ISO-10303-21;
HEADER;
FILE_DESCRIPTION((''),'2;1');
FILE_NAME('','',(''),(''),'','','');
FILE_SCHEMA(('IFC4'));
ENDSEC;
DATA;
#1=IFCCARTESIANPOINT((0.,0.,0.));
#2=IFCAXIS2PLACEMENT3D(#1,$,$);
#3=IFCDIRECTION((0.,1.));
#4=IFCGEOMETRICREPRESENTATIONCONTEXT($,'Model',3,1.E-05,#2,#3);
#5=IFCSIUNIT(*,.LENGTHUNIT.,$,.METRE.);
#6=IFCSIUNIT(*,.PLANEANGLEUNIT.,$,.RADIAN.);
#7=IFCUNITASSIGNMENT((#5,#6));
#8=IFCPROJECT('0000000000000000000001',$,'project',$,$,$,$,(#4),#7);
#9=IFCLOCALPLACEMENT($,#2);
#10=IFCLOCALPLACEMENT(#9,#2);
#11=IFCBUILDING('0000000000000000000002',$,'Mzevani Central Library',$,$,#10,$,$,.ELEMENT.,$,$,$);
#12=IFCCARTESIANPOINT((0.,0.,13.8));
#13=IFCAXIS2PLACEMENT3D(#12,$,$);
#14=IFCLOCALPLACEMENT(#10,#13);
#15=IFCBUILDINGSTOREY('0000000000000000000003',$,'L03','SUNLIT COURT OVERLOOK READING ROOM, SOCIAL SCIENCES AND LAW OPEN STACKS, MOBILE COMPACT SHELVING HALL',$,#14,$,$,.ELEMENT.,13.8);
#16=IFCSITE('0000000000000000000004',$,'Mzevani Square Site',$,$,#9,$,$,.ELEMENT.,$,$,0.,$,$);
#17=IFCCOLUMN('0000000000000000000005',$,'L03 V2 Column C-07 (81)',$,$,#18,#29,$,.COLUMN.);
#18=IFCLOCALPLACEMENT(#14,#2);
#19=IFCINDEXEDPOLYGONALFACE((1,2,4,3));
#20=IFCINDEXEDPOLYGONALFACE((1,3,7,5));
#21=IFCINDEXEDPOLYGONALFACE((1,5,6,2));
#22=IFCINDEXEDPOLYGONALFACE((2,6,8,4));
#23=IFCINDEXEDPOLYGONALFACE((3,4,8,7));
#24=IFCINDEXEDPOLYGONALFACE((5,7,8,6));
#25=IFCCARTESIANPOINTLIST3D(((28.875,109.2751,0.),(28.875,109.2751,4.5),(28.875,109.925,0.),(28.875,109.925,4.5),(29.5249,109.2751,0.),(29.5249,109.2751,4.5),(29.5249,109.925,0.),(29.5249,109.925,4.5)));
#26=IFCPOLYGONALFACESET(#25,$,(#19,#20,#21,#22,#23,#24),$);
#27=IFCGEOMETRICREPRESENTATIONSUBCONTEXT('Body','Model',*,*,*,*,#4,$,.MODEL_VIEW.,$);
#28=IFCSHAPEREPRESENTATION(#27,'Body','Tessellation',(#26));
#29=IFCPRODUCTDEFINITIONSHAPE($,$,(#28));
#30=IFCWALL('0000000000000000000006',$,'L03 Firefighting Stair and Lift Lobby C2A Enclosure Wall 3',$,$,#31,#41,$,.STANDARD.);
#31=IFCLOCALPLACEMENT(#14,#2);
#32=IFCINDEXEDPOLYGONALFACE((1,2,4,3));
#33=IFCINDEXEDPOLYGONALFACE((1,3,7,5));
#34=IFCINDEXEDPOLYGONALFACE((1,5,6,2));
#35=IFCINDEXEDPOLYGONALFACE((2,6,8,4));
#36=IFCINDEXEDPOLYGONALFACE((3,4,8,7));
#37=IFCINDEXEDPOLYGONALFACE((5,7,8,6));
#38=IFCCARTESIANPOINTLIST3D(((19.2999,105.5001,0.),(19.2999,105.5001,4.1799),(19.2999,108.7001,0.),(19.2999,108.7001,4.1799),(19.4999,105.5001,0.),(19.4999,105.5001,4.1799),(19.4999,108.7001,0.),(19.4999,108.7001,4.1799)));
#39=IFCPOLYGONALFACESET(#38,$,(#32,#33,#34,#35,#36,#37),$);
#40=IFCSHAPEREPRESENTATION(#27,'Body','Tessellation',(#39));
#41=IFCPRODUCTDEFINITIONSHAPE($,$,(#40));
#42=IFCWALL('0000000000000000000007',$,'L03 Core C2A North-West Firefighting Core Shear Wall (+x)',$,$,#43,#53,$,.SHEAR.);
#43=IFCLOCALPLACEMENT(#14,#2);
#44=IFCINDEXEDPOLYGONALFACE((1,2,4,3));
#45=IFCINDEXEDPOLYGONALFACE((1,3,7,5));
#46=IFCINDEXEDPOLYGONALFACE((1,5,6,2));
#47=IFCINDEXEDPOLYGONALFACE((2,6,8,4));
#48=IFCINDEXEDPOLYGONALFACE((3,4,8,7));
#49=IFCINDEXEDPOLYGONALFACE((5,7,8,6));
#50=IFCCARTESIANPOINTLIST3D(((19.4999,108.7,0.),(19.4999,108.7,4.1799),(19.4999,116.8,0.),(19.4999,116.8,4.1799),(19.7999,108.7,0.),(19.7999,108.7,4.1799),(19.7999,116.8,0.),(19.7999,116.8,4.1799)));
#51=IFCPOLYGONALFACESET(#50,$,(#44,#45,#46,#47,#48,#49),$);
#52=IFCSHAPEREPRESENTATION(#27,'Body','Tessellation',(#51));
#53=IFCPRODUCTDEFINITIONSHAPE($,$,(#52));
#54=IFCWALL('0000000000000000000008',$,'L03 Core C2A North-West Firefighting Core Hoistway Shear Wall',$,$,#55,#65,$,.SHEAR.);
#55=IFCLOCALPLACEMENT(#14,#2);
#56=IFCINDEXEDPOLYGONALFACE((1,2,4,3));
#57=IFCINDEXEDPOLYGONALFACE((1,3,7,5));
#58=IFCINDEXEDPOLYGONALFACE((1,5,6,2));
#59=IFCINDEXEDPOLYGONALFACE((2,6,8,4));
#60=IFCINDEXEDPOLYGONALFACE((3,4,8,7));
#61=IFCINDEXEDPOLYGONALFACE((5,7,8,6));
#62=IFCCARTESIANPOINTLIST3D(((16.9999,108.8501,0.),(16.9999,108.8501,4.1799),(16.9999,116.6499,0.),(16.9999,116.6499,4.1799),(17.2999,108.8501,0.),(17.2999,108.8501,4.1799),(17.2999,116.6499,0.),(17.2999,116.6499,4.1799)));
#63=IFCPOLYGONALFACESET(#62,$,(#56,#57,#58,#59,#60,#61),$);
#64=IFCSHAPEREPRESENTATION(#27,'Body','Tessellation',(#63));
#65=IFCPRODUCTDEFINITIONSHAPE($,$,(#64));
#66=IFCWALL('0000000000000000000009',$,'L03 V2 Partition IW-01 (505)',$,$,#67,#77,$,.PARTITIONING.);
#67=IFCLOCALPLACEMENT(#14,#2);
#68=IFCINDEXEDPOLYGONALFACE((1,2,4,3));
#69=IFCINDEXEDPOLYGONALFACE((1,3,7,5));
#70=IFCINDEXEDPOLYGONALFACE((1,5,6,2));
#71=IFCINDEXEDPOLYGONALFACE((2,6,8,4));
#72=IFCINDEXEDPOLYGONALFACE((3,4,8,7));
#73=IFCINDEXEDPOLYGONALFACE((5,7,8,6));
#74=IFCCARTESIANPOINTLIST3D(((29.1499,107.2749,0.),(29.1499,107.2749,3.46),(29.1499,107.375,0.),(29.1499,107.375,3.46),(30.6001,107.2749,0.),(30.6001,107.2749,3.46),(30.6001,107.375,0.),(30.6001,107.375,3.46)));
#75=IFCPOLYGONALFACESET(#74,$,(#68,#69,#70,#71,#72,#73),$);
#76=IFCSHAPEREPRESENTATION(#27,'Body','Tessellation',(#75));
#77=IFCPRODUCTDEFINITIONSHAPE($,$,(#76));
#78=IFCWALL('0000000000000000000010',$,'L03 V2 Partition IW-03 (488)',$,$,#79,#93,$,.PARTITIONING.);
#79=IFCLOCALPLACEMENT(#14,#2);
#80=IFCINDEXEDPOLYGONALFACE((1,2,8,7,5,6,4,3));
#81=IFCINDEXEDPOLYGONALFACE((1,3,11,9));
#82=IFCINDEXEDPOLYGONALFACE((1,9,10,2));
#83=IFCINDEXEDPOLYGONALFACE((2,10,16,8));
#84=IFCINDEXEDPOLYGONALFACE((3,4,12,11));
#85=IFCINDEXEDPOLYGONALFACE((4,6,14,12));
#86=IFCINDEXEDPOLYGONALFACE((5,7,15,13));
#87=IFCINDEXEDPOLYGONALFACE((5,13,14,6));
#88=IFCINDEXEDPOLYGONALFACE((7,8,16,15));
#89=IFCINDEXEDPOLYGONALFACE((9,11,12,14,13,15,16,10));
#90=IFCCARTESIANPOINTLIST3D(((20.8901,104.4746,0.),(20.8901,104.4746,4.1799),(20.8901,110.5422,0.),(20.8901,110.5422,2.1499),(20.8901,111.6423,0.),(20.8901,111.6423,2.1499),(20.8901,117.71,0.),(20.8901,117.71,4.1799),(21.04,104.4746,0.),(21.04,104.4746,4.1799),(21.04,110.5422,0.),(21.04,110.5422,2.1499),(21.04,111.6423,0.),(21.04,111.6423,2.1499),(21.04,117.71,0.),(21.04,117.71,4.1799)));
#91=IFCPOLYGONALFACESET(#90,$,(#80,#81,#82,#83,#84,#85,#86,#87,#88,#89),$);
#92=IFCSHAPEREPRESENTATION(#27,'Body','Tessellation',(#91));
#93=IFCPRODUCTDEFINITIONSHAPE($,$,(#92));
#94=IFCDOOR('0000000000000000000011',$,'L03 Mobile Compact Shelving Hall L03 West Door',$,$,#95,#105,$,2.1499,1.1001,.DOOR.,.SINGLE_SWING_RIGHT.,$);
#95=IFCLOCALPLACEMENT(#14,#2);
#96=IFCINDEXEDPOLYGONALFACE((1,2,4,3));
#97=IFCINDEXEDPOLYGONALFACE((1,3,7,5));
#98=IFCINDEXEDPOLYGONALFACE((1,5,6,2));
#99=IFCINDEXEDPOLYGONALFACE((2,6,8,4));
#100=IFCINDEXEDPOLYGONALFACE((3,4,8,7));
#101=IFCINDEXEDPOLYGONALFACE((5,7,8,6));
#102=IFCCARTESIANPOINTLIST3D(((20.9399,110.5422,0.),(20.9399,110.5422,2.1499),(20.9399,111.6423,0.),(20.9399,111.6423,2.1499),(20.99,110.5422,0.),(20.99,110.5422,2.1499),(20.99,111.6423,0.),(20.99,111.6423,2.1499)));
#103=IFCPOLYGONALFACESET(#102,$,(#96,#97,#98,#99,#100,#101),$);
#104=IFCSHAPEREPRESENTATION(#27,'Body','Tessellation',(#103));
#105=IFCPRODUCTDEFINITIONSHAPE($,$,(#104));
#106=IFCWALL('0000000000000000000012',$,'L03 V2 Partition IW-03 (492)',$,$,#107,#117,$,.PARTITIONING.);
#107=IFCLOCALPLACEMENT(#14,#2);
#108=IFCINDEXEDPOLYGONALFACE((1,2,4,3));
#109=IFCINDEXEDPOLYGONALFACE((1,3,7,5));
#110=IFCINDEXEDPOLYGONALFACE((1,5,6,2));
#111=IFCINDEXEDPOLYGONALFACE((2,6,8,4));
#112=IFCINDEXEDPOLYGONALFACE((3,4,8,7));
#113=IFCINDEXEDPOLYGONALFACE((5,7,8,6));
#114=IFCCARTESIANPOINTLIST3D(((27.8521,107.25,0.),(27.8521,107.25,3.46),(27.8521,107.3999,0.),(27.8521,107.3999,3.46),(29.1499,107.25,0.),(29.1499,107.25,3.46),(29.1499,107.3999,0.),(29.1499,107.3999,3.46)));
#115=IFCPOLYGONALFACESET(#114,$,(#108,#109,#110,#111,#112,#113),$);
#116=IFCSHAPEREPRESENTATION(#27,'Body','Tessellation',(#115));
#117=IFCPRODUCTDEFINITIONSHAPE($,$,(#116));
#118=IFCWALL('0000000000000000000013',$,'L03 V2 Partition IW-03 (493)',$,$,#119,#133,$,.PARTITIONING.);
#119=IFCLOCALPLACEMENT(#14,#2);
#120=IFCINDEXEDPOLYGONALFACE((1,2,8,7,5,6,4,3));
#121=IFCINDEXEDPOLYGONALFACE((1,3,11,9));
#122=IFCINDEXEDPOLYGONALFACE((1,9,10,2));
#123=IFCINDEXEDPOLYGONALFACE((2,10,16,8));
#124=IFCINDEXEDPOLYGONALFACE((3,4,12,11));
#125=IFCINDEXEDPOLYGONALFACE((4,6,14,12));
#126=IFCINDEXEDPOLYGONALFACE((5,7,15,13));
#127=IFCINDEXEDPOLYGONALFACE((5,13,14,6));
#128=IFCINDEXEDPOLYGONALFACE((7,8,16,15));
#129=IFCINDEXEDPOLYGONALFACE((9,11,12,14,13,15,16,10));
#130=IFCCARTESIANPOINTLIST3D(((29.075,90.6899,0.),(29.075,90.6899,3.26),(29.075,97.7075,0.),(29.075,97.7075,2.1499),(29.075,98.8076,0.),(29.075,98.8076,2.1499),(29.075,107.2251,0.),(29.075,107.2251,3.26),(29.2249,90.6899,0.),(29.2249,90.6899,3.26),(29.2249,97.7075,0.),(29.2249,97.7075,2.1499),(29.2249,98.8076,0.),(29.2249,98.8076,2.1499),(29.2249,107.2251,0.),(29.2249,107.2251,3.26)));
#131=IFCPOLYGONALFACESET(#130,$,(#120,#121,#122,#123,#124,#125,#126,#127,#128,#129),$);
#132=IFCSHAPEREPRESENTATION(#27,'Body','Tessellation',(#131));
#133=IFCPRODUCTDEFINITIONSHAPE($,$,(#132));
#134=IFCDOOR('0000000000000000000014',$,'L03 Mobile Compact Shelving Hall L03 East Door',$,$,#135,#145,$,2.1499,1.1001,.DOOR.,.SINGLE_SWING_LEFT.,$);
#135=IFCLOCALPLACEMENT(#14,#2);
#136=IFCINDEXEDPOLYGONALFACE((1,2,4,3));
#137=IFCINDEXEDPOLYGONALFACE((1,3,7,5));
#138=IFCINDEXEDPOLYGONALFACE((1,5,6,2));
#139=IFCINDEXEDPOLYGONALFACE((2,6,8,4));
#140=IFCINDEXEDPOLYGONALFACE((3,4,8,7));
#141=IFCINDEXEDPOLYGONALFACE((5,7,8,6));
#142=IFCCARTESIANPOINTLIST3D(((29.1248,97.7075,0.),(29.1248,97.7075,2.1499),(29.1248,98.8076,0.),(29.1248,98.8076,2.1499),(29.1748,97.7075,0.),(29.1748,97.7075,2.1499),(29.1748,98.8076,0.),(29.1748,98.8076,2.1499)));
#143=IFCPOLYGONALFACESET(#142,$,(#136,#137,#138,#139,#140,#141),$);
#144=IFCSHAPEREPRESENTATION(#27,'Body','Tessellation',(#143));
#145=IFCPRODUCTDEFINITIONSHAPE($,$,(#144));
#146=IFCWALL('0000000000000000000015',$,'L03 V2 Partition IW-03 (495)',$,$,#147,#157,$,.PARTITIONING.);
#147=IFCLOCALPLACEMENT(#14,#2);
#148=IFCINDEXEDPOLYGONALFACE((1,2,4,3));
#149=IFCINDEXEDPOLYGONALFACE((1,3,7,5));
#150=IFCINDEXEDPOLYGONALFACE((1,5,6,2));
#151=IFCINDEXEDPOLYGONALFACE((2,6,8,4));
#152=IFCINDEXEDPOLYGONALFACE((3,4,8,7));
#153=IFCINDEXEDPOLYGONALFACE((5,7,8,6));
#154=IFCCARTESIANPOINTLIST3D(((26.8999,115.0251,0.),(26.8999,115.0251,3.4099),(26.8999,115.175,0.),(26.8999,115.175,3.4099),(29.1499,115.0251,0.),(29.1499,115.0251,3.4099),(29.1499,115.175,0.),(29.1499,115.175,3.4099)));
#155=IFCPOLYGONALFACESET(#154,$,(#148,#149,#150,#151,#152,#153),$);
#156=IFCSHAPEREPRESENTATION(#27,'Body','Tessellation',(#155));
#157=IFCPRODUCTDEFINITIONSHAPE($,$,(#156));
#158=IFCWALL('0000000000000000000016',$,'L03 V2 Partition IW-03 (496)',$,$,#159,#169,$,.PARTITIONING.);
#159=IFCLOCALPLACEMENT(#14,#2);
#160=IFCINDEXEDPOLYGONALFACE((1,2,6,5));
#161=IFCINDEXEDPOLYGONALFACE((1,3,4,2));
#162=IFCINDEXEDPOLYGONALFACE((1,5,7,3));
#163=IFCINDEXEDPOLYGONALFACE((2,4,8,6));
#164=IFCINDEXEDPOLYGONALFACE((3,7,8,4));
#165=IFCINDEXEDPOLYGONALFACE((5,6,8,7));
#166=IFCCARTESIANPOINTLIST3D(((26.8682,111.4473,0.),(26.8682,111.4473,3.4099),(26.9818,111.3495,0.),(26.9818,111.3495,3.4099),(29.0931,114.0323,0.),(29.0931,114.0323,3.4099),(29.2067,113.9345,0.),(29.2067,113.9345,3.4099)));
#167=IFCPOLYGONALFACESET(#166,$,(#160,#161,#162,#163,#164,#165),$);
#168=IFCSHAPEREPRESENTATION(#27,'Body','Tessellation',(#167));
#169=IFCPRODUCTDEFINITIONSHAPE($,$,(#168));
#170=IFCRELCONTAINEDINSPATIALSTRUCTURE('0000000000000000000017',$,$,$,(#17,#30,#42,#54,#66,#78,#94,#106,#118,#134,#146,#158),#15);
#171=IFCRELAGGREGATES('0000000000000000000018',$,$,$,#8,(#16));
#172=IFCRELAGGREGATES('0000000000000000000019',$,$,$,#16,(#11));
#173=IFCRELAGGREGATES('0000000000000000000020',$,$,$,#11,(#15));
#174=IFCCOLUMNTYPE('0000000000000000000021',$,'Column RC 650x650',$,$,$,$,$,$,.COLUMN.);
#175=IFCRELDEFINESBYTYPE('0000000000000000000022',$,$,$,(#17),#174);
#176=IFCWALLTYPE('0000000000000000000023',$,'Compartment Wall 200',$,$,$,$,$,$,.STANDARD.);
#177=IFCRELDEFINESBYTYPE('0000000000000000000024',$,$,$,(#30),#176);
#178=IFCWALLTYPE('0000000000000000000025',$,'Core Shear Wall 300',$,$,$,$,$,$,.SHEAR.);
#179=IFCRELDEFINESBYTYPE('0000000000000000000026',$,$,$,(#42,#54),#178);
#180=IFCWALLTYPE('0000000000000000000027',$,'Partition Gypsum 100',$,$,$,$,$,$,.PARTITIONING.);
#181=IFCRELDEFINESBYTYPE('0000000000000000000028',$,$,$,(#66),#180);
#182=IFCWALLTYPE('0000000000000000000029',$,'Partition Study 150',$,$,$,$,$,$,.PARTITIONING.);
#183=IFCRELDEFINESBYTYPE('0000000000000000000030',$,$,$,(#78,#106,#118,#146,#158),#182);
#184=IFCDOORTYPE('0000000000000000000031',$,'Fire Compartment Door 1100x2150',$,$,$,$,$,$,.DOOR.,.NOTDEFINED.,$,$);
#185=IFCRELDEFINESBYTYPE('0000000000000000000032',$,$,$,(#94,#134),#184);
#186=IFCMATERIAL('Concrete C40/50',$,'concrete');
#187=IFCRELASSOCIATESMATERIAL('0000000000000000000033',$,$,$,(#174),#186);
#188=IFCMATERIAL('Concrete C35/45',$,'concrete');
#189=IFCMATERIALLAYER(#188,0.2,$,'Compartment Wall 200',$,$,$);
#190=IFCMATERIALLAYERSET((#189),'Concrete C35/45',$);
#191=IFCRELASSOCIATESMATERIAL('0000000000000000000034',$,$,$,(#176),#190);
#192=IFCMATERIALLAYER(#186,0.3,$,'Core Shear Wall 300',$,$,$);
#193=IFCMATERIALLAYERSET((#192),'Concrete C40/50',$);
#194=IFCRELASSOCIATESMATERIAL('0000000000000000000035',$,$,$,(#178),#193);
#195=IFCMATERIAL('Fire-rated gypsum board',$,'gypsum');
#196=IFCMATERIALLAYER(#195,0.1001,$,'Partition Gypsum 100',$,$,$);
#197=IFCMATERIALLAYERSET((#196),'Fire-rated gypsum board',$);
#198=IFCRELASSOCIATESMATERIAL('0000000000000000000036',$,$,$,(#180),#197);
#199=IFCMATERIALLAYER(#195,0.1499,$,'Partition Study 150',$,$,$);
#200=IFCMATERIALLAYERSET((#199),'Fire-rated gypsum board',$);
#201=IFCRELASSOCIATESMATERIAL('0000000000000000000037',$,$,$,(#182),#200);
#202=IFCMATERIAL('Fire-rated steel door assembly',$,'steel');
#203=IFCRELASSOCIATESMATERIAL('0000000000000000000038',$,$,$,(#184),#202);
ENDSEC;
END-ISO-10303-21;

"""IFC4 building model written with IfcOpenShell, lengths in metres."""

from ifc_helpers import new_model, si_unit, direction, frame, frame_2d, origin, origin_2d, place, context, subcontext, project, spatial, rectangle, extrude, material, layer, layer_set, material_profile, profile_set, type_object, element, fill, save


model = new_model("IFC4")

# Units and contexts
model_context = context("Model", 3, precision=1e-05, world=origin(), true_north=direction((0.0, 1.0)))
body_context = subcontext(model_context, "Body", "Model", "MODEL_VIEW")
ifc_project = project(units=[si_unit("LENGTHUNIT", "METRE"), si_unit("PLANEANGLEUNIT", "RADIAN")], contexts=[model_context])

# Site, building, storey
site_placement = place(None, origin())
site = spatial("IfcSite", under=ifc_project, at=site_placement, Name="Mzevani Square Site", CompositionType="ELEMENT", RefElevation=0.0)
building_placement = place(site_placement, origin())
building = spatial("IfcBuilding", under=site, at=building_placement, Name="Mzevani Central Library", CompositionType="ELEMENT")
storey_placement = place(building_placement, frame((0.0, 0.0, 13.8)))
storey = spatial("IfcBuildingStorey", under=building, at=storey_placement, Name="L03", Description="SUNLIT COURT OVERLOOK READING ROOM, SOCIAL SCIENCES AND LAW OPEN STACKS, MOBILE COMPACT SHELVING HALL", CompositionType="ELEMENT", Elevation=13.8)

# Column
ifc_material_1 = material(Name="Concrete C40/50", Category="concrete")
ifc_material_profile = material_profile(ifc_material_1, rectangle(XDim=0.6499, YDim=0.6499, at=origin_2d()), Name="RC 650x650")
ifc_profile_set = profile_set([ifc_material_profile], Name="Concrete C40/50")
column_type = type_object("IfcColumnType", Name="Column RC 650x650", PredefinedType="COLUMN", material=ifc_profile_set)
column_placement = place(storey_placement, frame((29.2, 109.6001, 0.0), z_axis=(0.0, 0.0, 1.0), x_axis=(1.0, 0.0, 0.0)))
element("IfcColumn", 1, at=column_placement, inside=storey, type_object=column_type, Name="L03 V2 Column C-07 (81)", PredefinedType="COLUMN", context=body_context, shape_type="SweptSolid", body=[
    extrude(rectangle(XDim=0.6499, YDim=0.6499, at=origin_2d()), origin(), (0.0, 0.0, 1.0), 4.5),
])

# Wall
ifc_material_2 = material(Name="Concrete C35/45", Category="concrete")
ifc_layer_1 = layer(ifc_material_2, 0.2, Name="Compartment Wall 200")
ifc_layer_set_1 = layer_set([ifc_layer_1], Name="Concrete C35/45")
wall_type_1 = type_object("IfcWallType", Name="Compartment Wall 200", PredefinedType="STANDARD", material=ifc_layer_set_1)
wall_1_placement = place(storey_placement, frame((19.3999, 105.5, 0.0), z_axis=(0.0, 0.0, 1.0), x_axis=(0.0, 1.0, 0.0)))
element("IfcWall", 2, at=wall_1_placement, inside=storey, type_object=wall_type_1, Name="L03 Firefighting Stair and Lift Lobby C2A Enclosure Wall 3", PredefinedType="STANDARD", context=body_context, shape_type="SweptSolid", body=[
    extrude(rectangle(XDim=3.2, YDim=0.2, at=frame_2d((1.6001, 0.0))), origin(), (0.0, 0.0, 1.0), 4.1799),
])

# Shared definitions
ifc_layer_2 = layer(ifc_material_1, 0.3, Name="Core Shear Wall 300")
ifc_layer_set_2 = layer_set([ifc_layer_2], Name="Concrete C40/50")
wall_type_2 = type_object("IfcWallType", Name="Core Shear Wall 300", PredefinedType="SHEAR", material=ifc_layer_set_2)
ifc_material_3 = material(Name="Fire-rated steel door assembly", Category="steel")

# Walls
wall_2_placement = place(storey_placement, frame((19.6499, 116.8, 0.0), z_axis=(0.0, 0.0, 1.0), x_axis=(0.0, -1.0, 0.0)))
element("IfcWall", 3, at=wall_2_placement, inside=storey, type_object=wall_type_2, Name="L03 Core C2A North-West Firefighting Core Shear Wall (+x)", PredefinedType="SHEAR", context=body_context, shape_type="SweptSolid", body=[
    extrude(rectangle(XDim=8.1001, YDim=0.3, at=frame_2d((4.05, 0.0))), origin(), (0.0, 0.0, 1.0), 4.1799),
])
wall_3_placement = place(storey_placement, frame((17.1499, 108.8501, 0.0), z_axis=(0.0, 0.0, 1.0), x_axis=(0.0, 1.0, 0.0)))
element("IfcWall", 4, at=wall_3_placement, inside=storey, type_object=wall_type_2, Name="L03 Core C2A North-West Firefighting Core Hoistway Shear Wall", PredefinedType="SHEAR", context=body_context, shape_type="SweptSolid", body=[
    extrude(rectangle(XDim=7.7998, YDim=0.3, at=frame_2d((3.8999, 0.0))), origin(), (0.0, 0.0, 1.0), 4.1799),
])
ifc_material_4 = material(Name="Fire-rated gypsum board", Category="gypsum")
ifc_layer_3 = layer(ifc_material_4, 0.1001, Name="Partition Gypsum 100")
ifc_layer_set_3 = layer_set([ifc_layer_3], Name="Fire-rated gypsum board")
wall_type_3 = type_object("IfcWallType", Name="Partition Gypsum 100", PredefinedType="PARTITIONING", material=ifc_layer_set_3)
wall_4_placement = place(storey_placement, frame((29.1499, 107.325, 0.0), z_axis=(0.0, 0.0, 1.0), x_axis=(1.0, 0.0, 0.0)))
element("IfcWall", 5, at=wall_4_placement, inside=storey, type_object=wall_type_3, Name="L03 V2 Partition IW-01 (505)", PredefinedType="PARTITIONING", context=body_context, shape_type="SweptSolid", body=[
    extrude(rectangle(XDim=1.4502, YDim=0.1001, at=frame_2d((0.7251, 0.0))), origin(), (0.0, 0.0, 1.0), 3.46),
])

# Wall, opening, door
ifc_layer_4 = layer(ifc_material_4, 0.1499, Name="Partition Study 150")
ifc_layer_set_4 = layer_set([ifc_layer_4], Name="Fire-rated gypsum board")
wall_type_4 = type_object("IfcWallType", Name="Partition Study 150", PredefinedType="PARTITIONING", material=ifc_layer_set_4)
wall_5_placement = place(storey_placement, frame((20.9651, 117.71, 0.0), z_axis=(0.0, 0.0, 1.0), x_axis=(0.0, -1.0, 0.0)))
wall_5 = element("IfcWall", 6, at=wall_5_placement, inside=storey, type_object=wall_type_4, Name="L03 V2 Partition IW-03 (488)", PredefinedType="PARTITIONING", context=body_context, shape_type="SweptSolid", body=[
    extrude(rectangle(XDim=13.2354, YDim=0.1499, at=frame_2d((6.6177, 0.0))), origin(), (0.0, 0.0, 1.0), 4.1799),
])
opening_1_placement = place(wall_5_placement, frame((6.0676, 0.0, 0.0)))
opening_1 = element("IfcOpeningElement", 7, at=opening_1_placement, cuts=wall_5, PredefinedType="OPENING", context=body_context, shape_type="SweptSolid", body=[
    extrude(rectangle(XDim=1.1001, YDim=2.1499, at=frame_2d((0.55, 1.075))), frame((0.0, 0.085, 0.0), z_axis=(0.0, -1.0, 0.0), x_axis=(1.0, 0.0, 0.0)), (0.0, 0.0, 1.0), 0.1699),
])
door_type_1 = type_object("IfcDoorType", Name="Fire Compartment Door 1100x2150", OperationType="NOTDEFINED", PredefinedType="DOOR", material=ifc_material_3)
door_1_placement = place(opening_1_placement, origin())
door_1 = element("IfcDoor", 8, at=door_1_placement, inside=storey, type_object=door_type_1, Name="L03 Mobile Compact Shelving Hall L03 West Door", OperationType="SINGLE_SWING_RIGHT", OverallHeight=2.1499, OverallWidth=1.1001, PredefinedType="DOOR", context=body_context, shape_type="SweptSolid", body=[
    extrude(rectangle(XDim=1.1001, YDim=2.1499, at=frame_2d((0.55, 1.075))), frame((0.0, 0.0249, 0.0), z_axis=(0.0, -1.0, 0.0), x_axis=(1.0, 0.0, 0.0)), (0.0, 0.0, 1.0), 0.05),
])
fill(opening_1, door_1)

# Wall
wall_6_placement = place(storey_placement, frame((27.8521, 107.325, 0.0), z_axis=(0.0, 0.0, 1.0), x_axis=(1.0, 0.0, 0.0)))
element("IfcWall", 9, at=wall_6_placement, inside=storey, type_object=wall_type_4, Name="L03 V2 Partition IW-03 (492)", PredefinedType="PARTITIONING", context=body_context, shape_type="SweptSolid", body=[
    extrude(rectangle(XDim=1.2979, YDim=0.1499, at=frame_2d((0.6489, 0.0))), origin(), (0.0, 0.0, 1.0), 3.46),
])

# Wall, opening, door
wall_7_placement = place(storey_placement, frame((29.1499, 107.2251, 0.0), z_axis=(0.0, 0.0, 1.0), x_axis=(0.0, -1.0, 0.0)))
wall_7 = element("IfcWall", 10, at=wall_7_placement, inside=storey, type_object=wall_type_4, Name="L03 V2 Partition IW-03 (493)", PredefinedType="PARTITIONING", context=body_context, shape_type="SweptSolid", body=[
    extrude(rectangle(XDim=16.5352, YDim=0.1499, at=frame_2d((8.2676, 0.0))), origin(), (0.0, 0.0, 1.0), 3.26),
])
opening_2_placement = place(wall_7_placement, frame((8.4175, 0.0, 0.0)))
opening_2 = element("IfcOpeningElement", 11, at=opening_2_placement, cuts=wall_7, PredefinedType="OPENING", context=body_context, shape_type="SweptSolid", body=[
    extrude(rectangle(XDim=1.1001, YDim=2.1499, at=frame_2d((0.55, 1.075))), frame((0.0, 0.085, 0.0), z_axis=(0.0, -1.0, 0.0), x_axis=(1.0, 0.0, 0.0)), (0.0, 0.0, 1.0), 0.1699),
])
door_2_placement = place(opening_2_placement, origin())
door_2 = element("IfcDoor", 12, at=door_2_placement, inside=storey, type_object=door_type_1, Name="L03 Mobile Compact Shelving Hall L03 East Door", OperationType="SINGLE_SWING_LEFT", OverallHeight=2.1499, OverallWidth=1.1001, PredefinedType="DOOR", context=body_context, shape_type="SweptSolid", body=[
    extrude(rectangle(XDim=1.1001, YDim=2.1499, at=frame_2d((0.55, 1.075))), frame((0.0, 0.0249, 0.0), z_axis=(0.0, -1.0, 0.0), x_axis=(1.0, 0.0, 0.0)), (0.0, 0.0, 1.0), 0.05),
])
fill(opening_2, door_2)

# Walls
wall_8_placement = place(storey_placement, frame((26.8999, 115.1001, 0.0), z_axis=(0.0, 0.0, 1.0), x_axis=(1.0, 0.0, 0.0)))
element("IfcWall", 13, at=wall_8_placement, inside=storey, type_object=wall_type_4, Name="L03 V2 Partition IW-03 (495)", PredefinedType="PARTITIONING", context=body_context, shape_type="SweptSolid", body=[
    extrude(rectangle(XDim=2.25, YDim=0.1499, at=frame_2d((1.125, 0.0))), origin(), (0.0, 0.0, 1.0), 3.4099),
])
wall_9_placement = place(storey_placement, frame((29.1499, 113.9834, 0.0), z_axis=(0.0, 0.0, 1.0), x_axis=(-0.65234, -0.757926, 0.0)))
element("IfcWall", 14, at=wall_9_placement, inside=storey, type_object=wall_type_4, Name="L03 V2 Partition IW-03 (496)", PredefinedType="PARTITIONING", context=body_context, shape_type="SweptSolid", body=[
    extrude(rectangle(XDim=3.4106, YDim=0.1499, at=frame_2d((1.7053, 0.0))), origin(), (0.0, 0.0, 1.0), 3.4099),
])

save(model, "model.ifc")
